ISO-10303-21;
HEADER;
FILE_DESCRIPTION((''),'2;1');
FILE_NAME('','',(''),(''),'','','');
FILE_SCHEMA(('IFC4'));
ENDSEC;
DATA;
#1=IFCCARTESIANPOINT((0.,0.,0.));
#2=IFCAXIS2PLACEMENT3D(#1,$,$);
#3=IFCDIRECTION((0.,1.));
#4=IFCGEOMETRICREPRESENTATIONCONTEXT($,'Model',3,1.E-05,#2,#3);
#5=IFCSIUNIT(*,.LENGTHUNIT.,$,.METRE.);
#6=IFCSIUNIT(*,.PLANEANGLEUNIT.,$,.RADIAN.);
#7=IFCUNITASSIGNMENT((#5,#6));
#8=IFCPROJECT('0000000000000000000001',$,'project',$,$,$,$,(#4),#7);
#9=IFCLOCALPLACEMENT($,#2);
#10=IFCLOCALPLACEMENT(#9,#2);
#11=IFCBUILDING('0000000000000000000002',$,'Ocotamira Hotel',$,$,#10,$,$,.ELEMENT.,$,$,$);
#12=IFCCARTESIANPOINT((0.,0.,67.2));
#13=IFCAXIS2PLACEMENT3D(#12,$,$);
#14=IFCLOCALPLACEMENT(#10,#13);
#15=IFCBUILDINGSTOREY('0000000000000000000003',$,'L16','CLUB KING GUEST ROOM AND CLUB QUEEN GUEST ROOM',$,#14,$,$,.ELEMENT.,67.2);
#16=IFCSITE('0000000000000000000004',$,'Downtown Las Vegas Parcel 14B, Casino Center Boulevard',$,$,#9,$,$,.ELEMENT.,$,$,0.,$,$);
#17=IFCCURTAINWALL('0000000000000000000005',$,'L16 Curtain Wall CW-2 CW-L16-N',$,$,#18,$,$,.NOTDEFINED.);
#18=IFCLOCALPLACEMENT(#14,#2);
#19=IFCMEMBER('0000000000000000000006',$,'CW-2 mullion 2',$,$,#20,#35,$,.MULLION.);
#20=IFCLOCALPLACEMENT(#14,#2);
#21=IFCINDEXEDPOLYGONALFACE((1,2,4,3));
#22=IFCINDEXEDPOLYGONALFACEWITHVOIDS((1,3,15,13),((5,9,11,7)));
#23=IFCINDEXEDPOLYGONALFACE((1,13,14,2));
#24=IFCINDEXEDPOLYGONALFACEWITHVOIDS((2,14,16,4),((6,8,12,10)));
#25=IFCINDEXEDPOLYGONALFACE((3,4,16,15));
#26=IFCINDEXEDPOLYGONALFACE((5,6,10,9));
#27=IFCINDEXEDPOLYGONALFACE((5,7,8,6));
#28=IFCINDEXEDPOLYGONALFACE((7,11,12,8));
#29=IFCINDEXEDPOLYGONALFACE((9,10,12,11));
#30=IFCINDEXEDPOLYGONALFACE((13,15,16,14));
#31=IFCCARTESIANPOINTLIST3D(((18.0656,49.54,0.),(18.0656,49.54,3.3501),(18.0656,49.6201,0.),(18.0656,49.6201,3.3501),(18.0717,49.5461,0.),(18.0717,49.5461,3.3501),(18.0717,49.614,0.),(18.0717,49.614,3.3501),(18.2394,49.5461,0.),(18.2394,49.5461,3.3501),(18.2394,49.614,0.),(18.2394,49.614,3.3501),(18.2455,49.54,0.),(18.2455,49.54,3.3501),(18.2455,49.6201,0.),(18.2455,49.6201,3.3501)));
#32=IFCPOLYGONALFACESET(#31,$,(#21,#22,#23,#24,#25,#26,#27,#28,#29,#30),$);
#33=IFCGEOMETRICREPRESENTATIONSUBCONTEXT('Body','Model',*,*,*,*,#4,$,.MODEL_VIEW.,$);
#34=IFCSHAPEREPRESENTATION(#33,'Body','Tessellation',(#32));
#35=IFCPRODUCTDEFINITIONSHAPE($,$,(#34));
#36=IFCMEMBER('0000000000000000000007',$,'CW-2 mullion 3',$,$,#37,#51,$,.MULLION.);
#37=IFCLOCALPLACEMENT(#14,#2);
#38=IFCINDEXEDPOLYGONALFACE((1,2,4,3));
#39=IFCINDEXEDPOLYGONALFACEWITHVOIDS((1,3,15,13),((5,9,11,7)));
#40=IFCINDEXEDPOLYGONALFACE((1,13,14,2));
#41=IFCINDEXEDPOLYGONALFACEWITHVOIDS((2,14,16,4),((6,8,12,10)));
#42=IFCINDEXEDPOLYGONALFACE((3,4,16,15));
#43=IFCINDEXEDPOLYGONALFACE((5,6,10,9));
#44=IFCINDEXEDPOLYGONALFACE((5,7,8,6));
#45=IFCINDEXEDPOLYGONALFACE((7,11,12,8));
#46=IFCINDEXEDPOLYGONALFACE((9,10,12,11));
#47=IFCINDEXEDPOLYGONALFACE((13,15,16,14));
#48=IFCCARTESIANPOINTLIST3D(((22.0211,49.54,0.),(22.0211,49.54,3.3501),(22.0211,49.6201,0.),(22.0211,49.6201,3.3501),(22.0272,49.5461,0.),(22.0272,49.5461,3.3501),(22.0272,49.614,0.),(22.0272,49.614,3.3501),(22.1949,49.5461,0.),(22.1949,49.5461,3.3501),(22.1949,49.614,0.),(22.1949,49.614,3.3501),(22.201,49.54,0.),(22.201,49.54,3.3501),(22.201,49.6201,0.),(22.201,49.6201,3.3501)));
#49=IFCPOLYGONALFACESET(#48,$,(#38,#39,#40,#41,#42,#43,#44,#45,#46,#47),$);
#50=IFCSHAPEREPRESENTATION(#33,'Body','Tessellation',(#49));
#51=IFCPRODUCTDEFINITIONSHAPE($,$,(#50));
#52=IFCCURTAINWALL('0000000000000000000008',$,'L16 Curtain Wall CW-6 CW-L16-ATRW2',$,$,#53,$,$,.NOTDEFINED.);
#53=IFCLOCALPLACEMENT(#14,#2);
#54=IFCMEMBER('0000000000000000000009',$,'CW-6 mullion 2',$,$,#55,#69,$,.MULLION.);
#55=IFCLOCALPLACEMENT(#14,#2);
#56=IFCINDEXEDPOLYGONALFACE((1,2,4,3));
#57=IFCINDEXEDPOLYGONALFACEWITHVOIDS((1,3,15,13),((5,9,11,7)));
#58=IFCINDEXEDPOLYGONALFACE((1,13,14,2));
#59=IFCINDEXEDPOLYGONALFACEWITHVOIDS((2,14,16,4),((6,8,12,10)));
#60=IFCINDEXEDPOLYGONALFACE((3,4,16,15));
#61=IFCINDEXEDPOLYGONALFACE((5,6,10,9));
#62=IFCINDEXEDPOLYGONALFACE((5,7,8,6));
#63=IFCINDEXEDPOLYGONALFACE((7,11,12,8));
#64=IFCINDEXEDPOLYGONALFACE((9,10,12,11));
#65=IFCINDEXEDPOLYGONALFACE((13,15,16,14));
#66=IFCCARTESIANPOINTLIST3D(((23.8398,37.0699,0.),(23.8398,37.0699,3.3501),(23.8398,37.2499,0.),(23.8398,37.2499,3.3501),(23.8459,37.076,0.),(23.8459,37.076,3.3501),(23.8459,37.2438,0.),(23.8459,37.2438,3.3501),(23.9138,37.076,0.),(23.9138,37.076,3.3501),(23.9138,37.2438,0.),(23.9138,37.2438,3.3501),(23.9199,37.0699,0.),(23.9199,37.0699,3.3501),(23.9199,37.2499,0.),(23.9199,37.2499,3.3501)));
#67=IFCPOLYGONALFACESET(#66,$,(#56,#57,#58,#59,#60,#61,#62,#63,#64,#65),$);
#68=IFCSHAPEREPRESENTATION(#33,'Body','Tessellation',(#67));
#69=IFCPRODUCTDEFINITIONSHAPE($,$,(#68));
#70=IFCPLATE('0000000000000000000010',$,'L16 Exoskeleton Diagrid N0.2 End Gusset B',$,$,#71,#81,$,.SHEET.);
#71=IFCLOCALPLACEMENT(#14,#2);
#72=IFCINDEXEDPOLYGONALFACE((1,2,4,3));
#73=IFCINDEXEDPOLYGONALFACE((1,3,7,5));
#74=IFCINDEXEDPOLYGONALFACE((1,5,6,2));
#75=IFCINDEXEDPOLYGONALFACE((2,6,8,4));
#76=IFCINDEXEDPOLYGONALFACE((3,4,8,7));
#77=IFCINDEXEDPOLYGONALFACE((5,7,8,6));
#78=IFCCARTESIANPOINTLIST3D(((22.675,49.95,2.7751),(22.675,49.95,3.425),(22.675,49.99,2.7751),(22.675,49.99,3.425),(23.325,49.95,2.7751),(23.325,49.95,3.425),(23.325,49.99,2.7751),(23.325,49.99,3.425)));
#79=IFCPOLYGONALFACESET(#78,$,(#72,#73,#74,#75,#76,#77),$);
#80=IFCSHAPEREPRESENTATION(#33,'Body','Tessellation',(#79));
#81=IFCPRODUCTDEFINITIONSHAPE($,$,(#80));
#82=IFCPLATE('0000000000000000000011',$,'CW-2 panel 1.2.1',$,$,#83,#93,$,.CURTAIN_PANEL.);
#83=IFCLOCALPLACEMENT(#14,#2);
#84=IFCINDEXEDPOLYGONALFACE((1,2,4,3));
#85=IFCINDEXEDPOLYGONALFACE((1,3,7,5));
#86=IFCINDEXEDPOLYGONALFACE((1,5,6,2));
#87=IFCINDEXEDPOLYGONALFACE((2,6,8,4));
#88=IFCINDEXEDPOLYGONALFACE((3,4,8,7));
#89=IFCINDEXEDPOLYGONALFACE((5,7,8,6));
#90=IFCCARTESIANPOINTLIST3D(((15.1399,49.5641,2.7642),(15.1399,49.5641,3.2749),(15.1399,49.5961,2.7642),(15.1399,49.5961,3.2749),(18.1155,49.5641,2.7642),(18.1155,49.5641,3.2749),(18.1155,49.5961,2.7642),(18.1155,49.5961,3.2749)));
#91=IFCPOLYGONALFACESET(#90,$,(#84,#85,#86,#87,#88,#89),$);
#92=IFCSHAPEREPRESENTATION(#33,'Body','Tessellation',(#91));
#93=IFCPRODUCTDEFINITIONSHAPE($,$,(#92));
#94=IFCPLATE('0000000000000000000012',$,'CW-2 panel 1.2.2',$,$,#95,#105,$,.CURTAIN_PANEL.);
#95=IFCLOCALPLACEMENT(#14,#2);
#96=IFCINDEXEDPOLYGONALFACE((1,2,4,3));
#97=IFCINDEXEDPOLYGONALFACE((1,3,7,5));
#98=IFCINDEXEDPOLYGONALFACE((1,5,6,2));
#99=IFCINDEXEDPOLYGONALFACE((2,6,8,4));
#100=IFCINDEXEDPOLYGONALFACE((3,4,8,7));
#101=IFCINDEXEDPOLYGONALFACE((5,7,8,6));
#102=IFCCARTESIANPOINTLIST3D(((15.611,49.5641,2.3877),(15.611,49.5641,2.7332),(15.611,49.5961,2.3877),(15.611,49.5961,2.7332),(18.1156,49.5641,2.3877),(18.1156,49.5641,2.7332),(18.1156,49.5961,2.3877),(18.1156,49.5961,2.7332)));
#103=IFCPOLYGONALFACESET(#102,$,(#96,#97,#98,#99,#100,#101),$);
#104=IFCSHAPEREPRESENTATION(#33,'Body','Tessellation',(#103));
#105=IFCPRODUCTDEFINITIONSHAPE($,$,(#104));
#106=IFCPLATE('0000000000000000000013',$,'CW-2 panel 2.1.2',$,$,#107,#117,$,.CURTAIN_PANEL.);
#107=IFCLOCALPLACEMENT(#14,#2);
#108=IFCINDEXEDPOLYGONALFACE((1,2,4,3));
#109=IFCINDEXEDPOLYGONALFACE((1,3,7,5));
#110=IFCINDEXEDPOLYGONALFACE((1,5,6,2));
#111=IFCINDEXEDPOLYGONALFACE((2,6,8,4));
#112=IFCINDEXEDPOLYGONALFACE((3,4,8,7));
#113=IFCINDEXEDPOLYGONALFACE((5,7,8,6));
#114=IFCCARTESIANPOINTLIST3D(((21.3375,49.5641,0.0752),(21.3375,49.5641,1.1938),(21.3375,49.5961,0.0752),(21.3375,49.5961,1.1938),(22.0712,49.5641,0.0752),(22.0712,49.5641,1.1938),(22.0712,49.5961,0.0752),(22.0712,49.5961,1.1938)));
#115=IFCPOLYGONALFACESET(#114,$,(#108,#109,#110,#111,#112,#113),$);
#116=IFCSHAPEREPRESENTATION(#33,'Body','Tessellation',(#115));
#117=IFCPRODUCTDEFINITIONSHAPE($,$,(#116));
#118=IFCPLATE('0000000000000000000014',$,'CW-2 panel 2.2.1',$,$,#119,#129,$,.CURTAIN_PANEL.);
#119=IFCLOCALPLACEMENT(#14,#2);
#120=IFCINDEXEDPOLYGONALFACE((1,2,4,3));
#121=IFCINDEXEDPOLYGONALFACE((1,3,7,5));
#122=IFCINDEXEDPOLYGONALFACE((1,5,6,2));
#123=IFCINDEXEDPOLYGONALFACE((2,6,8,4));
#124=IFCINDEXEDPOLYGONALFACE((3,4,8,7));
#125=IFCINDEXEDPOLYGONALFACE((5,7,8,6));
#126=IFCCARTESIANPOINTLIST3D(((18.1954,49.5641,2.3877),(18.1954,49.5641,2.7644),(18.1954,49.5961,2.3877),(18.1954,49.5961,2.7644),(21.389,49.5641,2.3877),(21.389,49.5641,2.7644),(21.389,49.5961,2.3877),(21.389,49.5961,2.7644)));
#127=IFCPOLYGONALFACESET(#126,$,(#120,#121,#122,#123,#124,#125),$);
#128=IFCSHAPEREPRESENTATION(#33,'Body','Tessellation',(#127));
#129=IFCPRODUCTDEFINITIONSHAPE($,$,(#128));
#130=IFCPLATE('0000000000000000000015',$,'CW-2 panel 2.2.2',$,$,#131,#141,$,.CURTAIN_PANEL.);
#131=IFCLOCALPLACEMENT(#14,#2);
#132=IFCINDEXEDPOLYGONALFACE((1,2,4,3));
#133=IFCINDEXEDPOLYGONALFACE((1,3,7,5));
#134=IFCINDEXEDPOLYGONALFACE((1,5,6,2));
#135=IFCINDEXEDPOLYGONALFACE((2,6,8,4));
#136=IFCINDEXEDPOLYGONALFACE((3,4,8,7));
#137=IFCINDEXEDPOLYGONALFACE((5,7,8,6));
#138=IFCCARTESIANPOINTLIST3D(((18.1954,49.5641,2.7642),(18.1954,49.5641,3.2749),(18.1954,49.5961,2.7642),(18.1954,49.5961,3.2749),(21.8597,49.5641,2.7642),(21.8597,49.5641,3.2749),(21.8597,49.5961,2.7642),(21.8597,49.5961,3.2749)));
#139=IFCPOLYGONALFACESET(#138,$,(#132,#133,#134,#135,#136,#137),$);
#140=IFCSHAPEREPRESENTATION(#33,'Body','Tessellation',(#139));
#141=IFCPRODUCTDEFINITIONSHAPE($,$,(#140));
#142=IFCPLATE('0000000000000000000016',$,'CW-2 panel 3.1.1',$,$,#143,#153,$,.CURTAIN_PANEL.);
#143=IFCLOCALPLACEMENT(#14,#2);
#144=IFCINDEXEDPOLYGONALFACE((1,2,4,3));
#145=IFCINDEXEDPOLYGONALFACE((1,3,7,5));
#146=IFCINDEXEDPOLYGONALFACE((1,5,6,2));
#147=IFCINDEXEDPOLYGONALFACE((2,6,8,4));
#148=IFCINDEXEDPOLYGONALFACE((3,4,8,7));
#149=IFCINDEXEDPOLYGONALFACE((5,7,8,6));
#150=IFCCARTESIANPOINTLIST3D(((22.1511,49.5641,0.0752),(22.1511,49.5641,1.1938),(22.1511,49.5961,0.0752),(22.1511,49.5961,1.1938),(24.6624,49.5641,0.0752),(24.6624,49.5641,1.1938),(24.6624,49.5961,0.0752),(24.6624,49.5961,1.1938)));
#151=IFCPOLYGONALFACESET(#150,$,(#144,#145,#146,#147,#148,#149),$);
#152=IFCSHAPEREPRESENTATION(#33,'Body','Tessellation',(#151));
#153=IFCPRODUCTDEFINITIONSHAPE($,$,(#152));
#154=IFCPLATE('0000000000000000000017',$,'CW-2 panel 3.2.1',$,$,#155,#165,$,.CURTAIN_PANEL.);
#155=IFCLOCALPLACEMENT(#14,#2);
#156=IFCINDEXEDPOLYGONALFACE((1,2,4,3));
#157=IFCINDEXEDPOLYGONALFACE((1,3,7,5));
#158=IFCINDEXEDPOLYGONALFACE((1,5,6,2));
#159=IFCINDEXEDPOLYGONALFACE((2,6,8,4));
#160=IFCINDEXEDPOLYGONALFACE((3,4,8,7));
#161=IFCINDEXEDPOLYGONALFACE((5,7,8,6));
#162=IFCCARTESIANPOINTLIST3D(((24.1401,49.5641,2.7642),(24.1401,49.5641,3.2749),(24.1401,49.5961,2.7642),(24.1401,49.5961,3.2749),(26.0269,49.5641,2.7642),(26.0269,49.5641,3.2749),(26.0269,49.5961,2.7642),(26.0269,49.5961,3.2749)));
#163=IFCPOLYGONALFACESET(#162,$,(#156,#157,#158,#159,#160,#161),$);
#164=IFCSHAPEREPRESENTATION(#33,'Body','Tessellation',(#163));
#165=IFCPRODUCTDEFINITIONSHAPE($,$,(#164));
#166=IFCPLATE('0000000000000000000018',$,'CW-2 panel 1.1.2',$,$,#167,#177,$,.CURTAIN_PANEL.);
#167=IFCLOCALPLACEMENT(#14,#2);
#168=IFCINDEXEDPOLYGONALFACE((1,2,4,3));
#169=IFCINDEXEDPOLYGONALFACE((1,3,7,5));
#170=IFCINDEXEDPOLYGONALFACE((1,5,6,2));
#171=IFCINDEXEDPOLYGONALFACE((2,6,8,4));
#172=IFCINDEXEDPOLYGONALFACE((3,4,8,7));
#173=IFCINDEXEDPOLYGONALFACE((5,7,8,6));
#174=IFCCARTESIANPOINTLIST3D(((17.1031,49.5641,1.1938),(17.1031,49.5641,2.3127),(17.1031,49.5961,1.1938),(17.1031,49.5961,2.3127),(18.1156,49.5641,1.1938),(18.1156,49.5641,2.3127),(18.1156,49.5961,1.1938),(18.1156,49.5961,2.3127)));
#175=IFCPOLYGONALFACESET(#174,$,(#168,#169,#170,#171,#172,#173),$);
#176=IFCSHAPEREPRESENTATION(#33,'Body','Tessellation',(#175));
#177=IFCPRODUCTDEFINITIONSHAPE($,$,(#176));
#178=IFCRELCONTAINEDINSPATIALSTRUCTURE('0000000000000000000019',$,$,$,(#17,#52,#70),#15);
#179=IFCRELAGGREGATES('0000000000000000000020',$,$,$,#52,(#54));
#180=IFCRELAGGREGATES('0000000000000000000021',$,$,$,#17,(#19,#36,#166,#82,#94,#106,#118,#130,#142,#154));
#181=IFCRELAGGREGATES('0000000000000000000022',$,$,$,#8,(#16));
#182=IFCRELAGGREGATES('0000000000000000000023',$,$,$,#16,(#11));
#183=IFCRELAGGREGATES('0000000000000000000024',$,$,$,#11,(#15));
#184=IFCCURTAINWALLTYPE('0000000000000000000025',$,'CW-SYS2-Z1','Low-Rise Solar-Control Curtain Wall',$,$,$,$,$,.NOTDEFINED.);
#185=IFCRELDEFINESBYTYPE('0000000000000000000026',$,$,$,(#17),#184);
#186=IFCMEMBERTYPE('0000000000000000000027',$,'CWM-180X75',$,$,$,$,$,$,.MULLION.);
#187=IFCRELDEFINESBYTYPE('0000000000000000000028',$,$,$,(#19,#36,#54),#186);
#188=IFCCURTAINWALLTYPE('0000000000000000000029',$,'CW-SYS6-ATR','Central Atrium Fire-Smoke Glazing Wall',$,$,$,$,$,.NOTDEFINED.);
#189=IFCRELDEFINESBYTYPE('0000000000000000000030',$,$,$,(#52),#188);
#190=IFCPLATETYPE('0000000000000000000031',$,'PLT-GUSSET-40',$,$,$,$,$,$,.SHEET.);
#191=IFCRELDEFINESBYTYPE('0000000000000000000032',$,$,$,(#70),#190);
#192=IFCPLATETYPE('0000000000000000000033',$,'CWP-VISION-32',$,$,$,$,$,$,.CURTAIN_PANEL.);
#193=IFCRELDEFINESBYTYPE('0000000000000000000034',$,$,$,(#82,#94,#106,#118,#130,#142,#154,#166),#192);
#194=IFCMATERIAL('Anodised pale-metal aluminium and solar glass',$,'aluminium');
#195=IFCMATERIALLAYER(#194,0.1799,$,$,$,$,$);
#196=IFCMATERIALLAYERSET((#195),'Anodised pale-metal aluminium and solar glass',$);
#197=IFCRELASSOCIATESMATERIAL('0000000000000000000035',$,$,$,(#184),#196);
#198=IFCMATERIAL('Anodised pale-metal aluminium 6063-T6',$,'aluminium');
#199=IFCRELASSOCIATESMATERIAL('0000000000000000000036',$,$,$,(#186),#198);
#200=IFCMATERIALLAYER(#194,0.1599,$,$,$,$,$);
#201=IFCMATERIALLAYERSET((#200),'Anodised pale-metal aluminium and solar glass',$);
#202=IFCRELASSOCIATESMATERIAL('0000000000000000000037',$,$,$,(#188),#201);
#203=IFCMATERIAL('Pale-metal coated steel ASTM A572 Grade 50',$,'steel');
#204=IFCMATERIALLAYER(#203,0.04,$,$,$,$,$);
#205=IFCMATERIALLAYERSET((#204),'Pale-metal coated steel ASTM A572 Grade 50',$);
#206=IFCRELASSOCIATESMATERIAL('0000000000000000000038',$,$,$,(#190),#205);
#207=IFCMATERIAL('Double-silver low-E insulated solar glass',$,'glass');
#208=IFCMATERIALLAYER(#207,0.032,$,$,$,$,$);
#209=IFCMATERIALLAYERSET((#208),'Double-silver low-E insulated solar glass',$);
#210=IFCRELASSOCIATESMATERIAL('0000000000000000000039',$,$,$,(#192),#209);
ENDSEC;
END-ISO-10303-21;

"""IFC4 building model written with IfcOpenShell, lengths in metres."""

from ifc_helpers import new_model, si_unit, direction, frame, origin, origin_2d, place, context, subcontext, project, spatial, rectangle, hollow_rectangle, extrude, source, transform, mapped, material, layer, layer_set, material_profile, profile_set, type_object, element, aggregate, save


model = new_model("IFC4")

# Units and contexts
model_context = context("Model", 3, precision=1e-05, world=origin(), true_north=direction((0.0, 1.0)))
body_context = subcontext(model_context, "Body", "Model", "MODEL_VIEW")
ifc_project = project(units=[si_unit("LENGTHUNIT", "METRE"), si_unit("PLANEANGLEUNIT", "RADIAN")], contexts=[model_context])

# Site, building, storey
site_placement = place(None, origin())
site = spatial("IfcSite", under=ifc_project, at=site_placement, Name="Downtown Las Vegas Parcel 14B, Casino Center Boulevard", CompositionType="ELEMENT", RefElevation=0.0)
building_placement = place(site_placement, origin())
building = spatial("IfcBuilding", under=site, at=building_placement, Name="Ocotamira Hotel", CompositionType="ELEMENT")
storey_placement = place(building_placement, frame((0.0, 0.0, 67.2)))
storey = spatial("IfcBuildingStorey", under=building, at=storey_placement, Name="L16", Description="CLUB KING GUEST ROOM AND CLUB QUEEN GUEST ROOM", CompositionType="ELEMENT", Elevation=67.2)

# Curtain wall, members
ifc_material_1 = material(Name="Anodised pale-metal aluminium and solar glass", Category="aluminium")
ifc_layer_1 = layer(ifc_material_1, 0.1799)
ifc_layer_set_1 = layer_set([ifc_layer_1], Name="Anodised pale-metal aluminium and solar glass")
curtain_wall_type_1 = type_object("IfcCurtainWallType", Name="CW-SYS2-Z1", Description="Low-Rise Solar-Control Curtain Wall", PredefinedType="NOTDEFINED", material=ifc_layer_set_1)
curtain_wall_1_placement = place(storey_placement, origin())
curtain_wall_1 = element("IfcCurtainWall", 1, at=curtain_wall_1_placement, inside=storey, type_object=curtain_wall_type_1, Name="L16 Curtain Wall CW-2 CW-L16-N", PredefinedType="NOTDEFINED")
ifc_material_2 = material(Name="Anodised pale-metal aluminium 6063-T6", Category="aluminium")
ifc_material_profile_1 = material_profile(ifc_material_2, hollow_rectangle(XDim=0.0801, YDim=0.1799, WallThickness=0.0061, at=origin_2d()), Name="HSS180X80X6")
ifc_profile_set_1 = profile_set([ifc_material_profile_1], Name="Anodised pale-metal aluminium 6063-T6")
member_type_1 = type_object("IfcMemberType", Name="CWM-180X75", PredefinedType="MULLION", material=ifc_profile_set_1)
shared_shape_1 = source(origin(), body_context, "Body", "SweptSolid", [
    extrude(hollow_rectangle(XDim=0.0801, YDim=0.1799, WallThickness=0.0061, at=origin_2d()), origin(), (0.0, 0.0, 1.0), 3.3501),
])
member_1_placement = place(storey_placement, frame((18.1555, 49.5801, 0.0), z_axis=(0.0, 0.0, 1.0), x_axis=(0.0, 1.0, 0.0)))
member_1 = element("IfcMember", 2, at=member_1_placement, type_object=member_type_1, Name="CW-2 mullion 2", PredefinedType="MULLION", context=body_context, shape_type="MappedRepresentation", body=[
    mapped(shared_shape_1, transform((0.0, 0.0, 0.0), scale=1.0)),
])
member_2_placement = place(storey_placement, frame((22.1111, 49.5801, 0.0), z_axis=(0.0, 0.0, 1.0), x_axis=(0.0, 1.0, 0.0)))
member_2 = element("IfcMember", 3, at=member_2_placement, type_object=member_type_1, Name="CW-2 mullion 3", PredefinedType="MULLION", context=body_context, shape_type="MappedRepresentation", body=[
    mapped(shared_shape_1, transform((0.0, 0.0, 0.0), scale=1.0)),
])

# Curtain wall, member
ifc_layer_2 = layer(ifc_material_1, 0.1599)
ifc_layer_set_2 = layer_set([ifc_layer_2], Name="Anodised pale-metal aluminium and solar glass")
curtain_wall_type_2 = type_object("IfcCurtainWallType", Name="CW-SYS6-ATR", Description="Central Atrium Fire-Smoke Glazing Wall", PredefinedType="NOTDEFINED", material=ifc_layer_set_2)
curtain_wall_2_placement = place(storey_placement, origin())
curtain_wall_2 = element("IfcCurtainWall", 4, at=curtain_wall_2_placement, inside=storey, type_object=curtain_wall_type_2, Name="L16 Curtain Wall CW-6 CW-L16-ATRW2", PredefinedType="NOTDEFINED")
member_3_placement = place(storey_placement, frame((23.8799, 37.1599, 0.0), z_axis=(0.0, 0.0, 1.0), x_axis=(-1.0, 0.0, 0.0)))
member_3 = element("IfcMember", 5, at=member_3_placement, type_object=member_type_1, Name="CW-6 mullion 2", PredefinedType="MULLION", context=body_context, shape_type="MappedRepresentation", body=[
    mapped(shared_shape_1, transform((0.0, 0.0, 0.0), scale=1.0)),
])
aggregate(curtain_wall_2, [member_3])

# Plates
ifc_material_3 = material(Name="Pale-metal coated steel ASTM A572 Grade 50", Category="steel")
ifc_layer_3 = layer(ifc_material_3, 0.04)
ifc_layer_set_3 = layer_set([ifc_layer_3], Name="Pale-metal coated steel ASTM A572 Grade 50")
plate_type_1 = type_object("IfcPlateType", Name="PLT-GUSSET-40", PredefinedType="SHEET", material=ifc_layer_set_3)
shared_shape_2 = source(origin(), body_context, "Body", "SweptSolid", [
    extrude(rectangle(XDim=0.6499, YDim=0.04, at=origin_2d()), origin(), (0.0, 0.0, 1.0), 0.6499),
])
plate_1_placement = place(storey_placement, frame((23.0, 49.97, 2.7751), z_axis=(0.0, 0.0, 1.0), x_axis=(1.0, 0.0, 0.0)))
element("IfcPlate", 6, at=plate_1_placement, inside=storey, type_object=plate_type_1, Name="L16 Exoskeleton Diagrid N0.2 End Gusset B", PredefinedType="SHEET", context=body_context, shape_type="MappedRepresentation", body=[
    mapped(shared_shape_2, transform((0.0, 0.0, 0.0), scale=1.0)),
])
ifc_material_4 = material(Name="Double-silver low-E insulated solar glass", Category="glass")
ifc_layer_4 = layer(ifc_material_4, 0.032)
ifc_layer_set_4 = layer_set([ifc_layer_4], Name="Double-silver low-E insulated solar glass")
plate_type_2 = type_object("IfcPlateType", Name="CWP-VISION-32", PredefinedType="CURTAIN_PANEL", material=ifc_layer_set_4)
shared_shape_3 = source(origin(), body_context, "Body", "SweptSolid", [
    extrude(rectangle(XDim=2.9756, YDim=0.032, at=origin_2d()), origin(), (0.0, 0.0, 1.0), 0.5107),
])
plate_2_placement = place(storey_placement, frame((16.6277, 49.5801, 2.7642), z_axis=(0.0, 0.0, 1.0), x_axis=(1.0, 0.0, 0.0)))
plate_2 = element("IfcPlate", 7, at=plate_2_placement, type_object=plate_type_2, Name="CW-2 panel 1.2.1", PredefinedType="CURTAIN_PANEL", context=body_context, shape_type="MappedRepresentation", body=[
    mapped(shared_shape_3, transform((0.0, 0.0, 0.0), scale=1.0)),
])
shared_shape_4 = source(origin(), body_context, "Body", "SweptSolid", [
    extrude(rectangle(XDim=2.5046, YDim=0.032, at=origin_2d()), origin(), (0.0, 0.0, 1.0), 0.3455),
])
plate_3_placement = place(storey_placement, frame((16.8633, 49.5801, 2.3877), z_axis=(0.0, 0.0, 1.0), x_axis=(1.0, 0.0, 0.0)))
plate_3 = element("IfcPlate", 8, at=plate_3_placement, type_object=plate_type_2, Name="CW-2 panel 1.2.2", PredefinedType="CURTAIN_PANEL", context=body_context, shape_type="MappedRepresentation", body=[
    mapped(shared_shape_4, transform((0.0, 0.0, 0.0), scale=1.0)),
])
shared_shape_5 = source(origin(), body_context, "Body", "SweptSolid", [
    extrude(rectangle(XDim=0.7336, YDim=0.032, at=origin_2d()), origin(), (0.0, 0.0, 1.0), 1.1187),
])
plate_4_placement = place(storey_placement, frame((21.7043, 49.5801, 0.0752), z_axis=(0.0, 0.0, 1.0), x_axis=(1.0, 0.0, 0.0)))
plate_4 = element("IfcPlate", 9, at=plate_4_placement, type_object=plate_type_2, Name="CW-2 panel 2.1.2", PredefinedType="CURTAIN_PANEL", context=body_context, shape_type="MappedRepresentation", body=[
    mapped(shared_shape_5, transform((0.0, 0.0, 0.0), scale=1.0)),
])
shared_shape_6 = source(origin(), body_context, "Body", "SweptSolid", [
    extrude(rectangle(XDim=3.1936, YDim=0.032, at=origin_2d()), origin(), (0.0, 0.0, 1.0), 0.3767),
])
plate_5_placement = place(storey_placement, frame((19.7922, 49.5801, 2.3877), z_axis=(0.0, 0.0, 1.0), x_axis=(1.0, 0.0, 0.0)))
plate_5 = element("IfcPlate", 10, at=plate_5_placement, type_object=plate_type_2, Name="CW-2 panel 2.2.1", PredefinedType="CURTAIN_PANEL", context=body_context, shape_type="MappedRepresentation", body=[
    mapped(shared_shape_6, transform((0.0, 0.0, 0.0), scale=1.0)),
])
shared_shape_7 = source(origin(), body_context, "Body", "SweptSolid", [
    extrude(rectangle(XDim=3.6643, YDim=0.032, at=origin_2d()), origin(), (0.0, 0.0, 1.0), 0.5107),
])
plate_6_placement = place(storey_placement, frame((20.0276, 49.5801, 2.7642), z_axis=(0.0, 0.0, 1.0), x_axis=(1.0, 0.0, 0.0)))
plate_6 = element("IfcPlate", 11, at=plate_6_placement, type_object=plate_type_2, Name="CW-2 panel 2.2.2", PredefinedType="CURTAIN_PANEL", context=body_context, shape_type="MappedRepresentation", body=[
    mapped(shared_shape_7, transform((0.0, 0.0, 0.0), scale=1.0)),
])
shared_shape_8 = source(origin(), body_context, "Body", "SweptSolid", [
    extrude(rectangle(XDim=2.5112, YDim=0.032, at=origin_2d()), origin(), (0.0, 0.0, 1.0), 1.1187),
])
plate_7_placement = place(storey_placement, frame((23.4067, 49.5801, 0.0752), z_axis=(0.0, 0.0, 1.0), x_axis=(1.0, 0.0, 0.0)))
plate_7 = element("IfcPlate", 12, at=plate_7_placement, type_object=plate_type_2, Name="CW-2 panel 3.1.1", PredefinedType="CURTAIN_PANEL", context=body_context, shape_type="MappedRepresentation", body=[
    mapped(shared_shape_8, transform((0.0, 0.0, 0.0), scale=1.0)),
])
shared_shape_9 = source(origin(), body_context, "Body", "SweptSolid", [
    extrude(rectangle(XDim=1.8867, YDim=0.032, at=origin_2d()), origin(), (0.0, 0.0, 1.0), 0.5107),
])
plate_8_placement = place(storey_placement, frame((25.0835, 49.5801, 2.7642), z_axis=(0.0, 0.0, 1.0), x_axis=(1.0, 0.0, 0.0)))
plate_8 = element("IfcPlate", 13, at=plate_8_placement, type_object=plate_type_2, Name="CW-2 panel 3.2.1", PredefinedType="CURTAIN_PANEL", context=body_context, shape_type="MappedRepresentation", body=[
    mapped(shared_shape_9, transform((0.0, 0.0, 0.0), scale=1.0)),
])
shared_shape_10 = source(origin(), body_context, "Body", "SweptSolid", [
    extrude(rectangle(XDim=1.0125, YDim=0.032, at=origin_2d()), origin(), (0.0, 0.0, 1.0), 1.1189),
])
plate_9_placement = place(storey_placement, frame((17.6094, 49.5801, 1.1938), z_axis=(0.0, 0.0, 1.0), x_axis=(1.0, 0.0, 0.0)))
plate_9 = element("IfcPlate", 14, at=plate_9_placement, type_object=plate_type_2, Name="CW-2 panel 1.1.2", PredefinedType="CURTAIN_PANEL", context=body_context, shape_type="MappedRepresentation", body=[
    mapped(shared_shape_10, transform((0.0, 0.0, 0.0), scale=1.0)),
])
aggregate(curtain_wall_1, [member_1, member_2, plate_9, plate_2, plate_3, plate_4, plate_5, plate_6, plate_7, plate_8])

save(model, "model.ifc")
